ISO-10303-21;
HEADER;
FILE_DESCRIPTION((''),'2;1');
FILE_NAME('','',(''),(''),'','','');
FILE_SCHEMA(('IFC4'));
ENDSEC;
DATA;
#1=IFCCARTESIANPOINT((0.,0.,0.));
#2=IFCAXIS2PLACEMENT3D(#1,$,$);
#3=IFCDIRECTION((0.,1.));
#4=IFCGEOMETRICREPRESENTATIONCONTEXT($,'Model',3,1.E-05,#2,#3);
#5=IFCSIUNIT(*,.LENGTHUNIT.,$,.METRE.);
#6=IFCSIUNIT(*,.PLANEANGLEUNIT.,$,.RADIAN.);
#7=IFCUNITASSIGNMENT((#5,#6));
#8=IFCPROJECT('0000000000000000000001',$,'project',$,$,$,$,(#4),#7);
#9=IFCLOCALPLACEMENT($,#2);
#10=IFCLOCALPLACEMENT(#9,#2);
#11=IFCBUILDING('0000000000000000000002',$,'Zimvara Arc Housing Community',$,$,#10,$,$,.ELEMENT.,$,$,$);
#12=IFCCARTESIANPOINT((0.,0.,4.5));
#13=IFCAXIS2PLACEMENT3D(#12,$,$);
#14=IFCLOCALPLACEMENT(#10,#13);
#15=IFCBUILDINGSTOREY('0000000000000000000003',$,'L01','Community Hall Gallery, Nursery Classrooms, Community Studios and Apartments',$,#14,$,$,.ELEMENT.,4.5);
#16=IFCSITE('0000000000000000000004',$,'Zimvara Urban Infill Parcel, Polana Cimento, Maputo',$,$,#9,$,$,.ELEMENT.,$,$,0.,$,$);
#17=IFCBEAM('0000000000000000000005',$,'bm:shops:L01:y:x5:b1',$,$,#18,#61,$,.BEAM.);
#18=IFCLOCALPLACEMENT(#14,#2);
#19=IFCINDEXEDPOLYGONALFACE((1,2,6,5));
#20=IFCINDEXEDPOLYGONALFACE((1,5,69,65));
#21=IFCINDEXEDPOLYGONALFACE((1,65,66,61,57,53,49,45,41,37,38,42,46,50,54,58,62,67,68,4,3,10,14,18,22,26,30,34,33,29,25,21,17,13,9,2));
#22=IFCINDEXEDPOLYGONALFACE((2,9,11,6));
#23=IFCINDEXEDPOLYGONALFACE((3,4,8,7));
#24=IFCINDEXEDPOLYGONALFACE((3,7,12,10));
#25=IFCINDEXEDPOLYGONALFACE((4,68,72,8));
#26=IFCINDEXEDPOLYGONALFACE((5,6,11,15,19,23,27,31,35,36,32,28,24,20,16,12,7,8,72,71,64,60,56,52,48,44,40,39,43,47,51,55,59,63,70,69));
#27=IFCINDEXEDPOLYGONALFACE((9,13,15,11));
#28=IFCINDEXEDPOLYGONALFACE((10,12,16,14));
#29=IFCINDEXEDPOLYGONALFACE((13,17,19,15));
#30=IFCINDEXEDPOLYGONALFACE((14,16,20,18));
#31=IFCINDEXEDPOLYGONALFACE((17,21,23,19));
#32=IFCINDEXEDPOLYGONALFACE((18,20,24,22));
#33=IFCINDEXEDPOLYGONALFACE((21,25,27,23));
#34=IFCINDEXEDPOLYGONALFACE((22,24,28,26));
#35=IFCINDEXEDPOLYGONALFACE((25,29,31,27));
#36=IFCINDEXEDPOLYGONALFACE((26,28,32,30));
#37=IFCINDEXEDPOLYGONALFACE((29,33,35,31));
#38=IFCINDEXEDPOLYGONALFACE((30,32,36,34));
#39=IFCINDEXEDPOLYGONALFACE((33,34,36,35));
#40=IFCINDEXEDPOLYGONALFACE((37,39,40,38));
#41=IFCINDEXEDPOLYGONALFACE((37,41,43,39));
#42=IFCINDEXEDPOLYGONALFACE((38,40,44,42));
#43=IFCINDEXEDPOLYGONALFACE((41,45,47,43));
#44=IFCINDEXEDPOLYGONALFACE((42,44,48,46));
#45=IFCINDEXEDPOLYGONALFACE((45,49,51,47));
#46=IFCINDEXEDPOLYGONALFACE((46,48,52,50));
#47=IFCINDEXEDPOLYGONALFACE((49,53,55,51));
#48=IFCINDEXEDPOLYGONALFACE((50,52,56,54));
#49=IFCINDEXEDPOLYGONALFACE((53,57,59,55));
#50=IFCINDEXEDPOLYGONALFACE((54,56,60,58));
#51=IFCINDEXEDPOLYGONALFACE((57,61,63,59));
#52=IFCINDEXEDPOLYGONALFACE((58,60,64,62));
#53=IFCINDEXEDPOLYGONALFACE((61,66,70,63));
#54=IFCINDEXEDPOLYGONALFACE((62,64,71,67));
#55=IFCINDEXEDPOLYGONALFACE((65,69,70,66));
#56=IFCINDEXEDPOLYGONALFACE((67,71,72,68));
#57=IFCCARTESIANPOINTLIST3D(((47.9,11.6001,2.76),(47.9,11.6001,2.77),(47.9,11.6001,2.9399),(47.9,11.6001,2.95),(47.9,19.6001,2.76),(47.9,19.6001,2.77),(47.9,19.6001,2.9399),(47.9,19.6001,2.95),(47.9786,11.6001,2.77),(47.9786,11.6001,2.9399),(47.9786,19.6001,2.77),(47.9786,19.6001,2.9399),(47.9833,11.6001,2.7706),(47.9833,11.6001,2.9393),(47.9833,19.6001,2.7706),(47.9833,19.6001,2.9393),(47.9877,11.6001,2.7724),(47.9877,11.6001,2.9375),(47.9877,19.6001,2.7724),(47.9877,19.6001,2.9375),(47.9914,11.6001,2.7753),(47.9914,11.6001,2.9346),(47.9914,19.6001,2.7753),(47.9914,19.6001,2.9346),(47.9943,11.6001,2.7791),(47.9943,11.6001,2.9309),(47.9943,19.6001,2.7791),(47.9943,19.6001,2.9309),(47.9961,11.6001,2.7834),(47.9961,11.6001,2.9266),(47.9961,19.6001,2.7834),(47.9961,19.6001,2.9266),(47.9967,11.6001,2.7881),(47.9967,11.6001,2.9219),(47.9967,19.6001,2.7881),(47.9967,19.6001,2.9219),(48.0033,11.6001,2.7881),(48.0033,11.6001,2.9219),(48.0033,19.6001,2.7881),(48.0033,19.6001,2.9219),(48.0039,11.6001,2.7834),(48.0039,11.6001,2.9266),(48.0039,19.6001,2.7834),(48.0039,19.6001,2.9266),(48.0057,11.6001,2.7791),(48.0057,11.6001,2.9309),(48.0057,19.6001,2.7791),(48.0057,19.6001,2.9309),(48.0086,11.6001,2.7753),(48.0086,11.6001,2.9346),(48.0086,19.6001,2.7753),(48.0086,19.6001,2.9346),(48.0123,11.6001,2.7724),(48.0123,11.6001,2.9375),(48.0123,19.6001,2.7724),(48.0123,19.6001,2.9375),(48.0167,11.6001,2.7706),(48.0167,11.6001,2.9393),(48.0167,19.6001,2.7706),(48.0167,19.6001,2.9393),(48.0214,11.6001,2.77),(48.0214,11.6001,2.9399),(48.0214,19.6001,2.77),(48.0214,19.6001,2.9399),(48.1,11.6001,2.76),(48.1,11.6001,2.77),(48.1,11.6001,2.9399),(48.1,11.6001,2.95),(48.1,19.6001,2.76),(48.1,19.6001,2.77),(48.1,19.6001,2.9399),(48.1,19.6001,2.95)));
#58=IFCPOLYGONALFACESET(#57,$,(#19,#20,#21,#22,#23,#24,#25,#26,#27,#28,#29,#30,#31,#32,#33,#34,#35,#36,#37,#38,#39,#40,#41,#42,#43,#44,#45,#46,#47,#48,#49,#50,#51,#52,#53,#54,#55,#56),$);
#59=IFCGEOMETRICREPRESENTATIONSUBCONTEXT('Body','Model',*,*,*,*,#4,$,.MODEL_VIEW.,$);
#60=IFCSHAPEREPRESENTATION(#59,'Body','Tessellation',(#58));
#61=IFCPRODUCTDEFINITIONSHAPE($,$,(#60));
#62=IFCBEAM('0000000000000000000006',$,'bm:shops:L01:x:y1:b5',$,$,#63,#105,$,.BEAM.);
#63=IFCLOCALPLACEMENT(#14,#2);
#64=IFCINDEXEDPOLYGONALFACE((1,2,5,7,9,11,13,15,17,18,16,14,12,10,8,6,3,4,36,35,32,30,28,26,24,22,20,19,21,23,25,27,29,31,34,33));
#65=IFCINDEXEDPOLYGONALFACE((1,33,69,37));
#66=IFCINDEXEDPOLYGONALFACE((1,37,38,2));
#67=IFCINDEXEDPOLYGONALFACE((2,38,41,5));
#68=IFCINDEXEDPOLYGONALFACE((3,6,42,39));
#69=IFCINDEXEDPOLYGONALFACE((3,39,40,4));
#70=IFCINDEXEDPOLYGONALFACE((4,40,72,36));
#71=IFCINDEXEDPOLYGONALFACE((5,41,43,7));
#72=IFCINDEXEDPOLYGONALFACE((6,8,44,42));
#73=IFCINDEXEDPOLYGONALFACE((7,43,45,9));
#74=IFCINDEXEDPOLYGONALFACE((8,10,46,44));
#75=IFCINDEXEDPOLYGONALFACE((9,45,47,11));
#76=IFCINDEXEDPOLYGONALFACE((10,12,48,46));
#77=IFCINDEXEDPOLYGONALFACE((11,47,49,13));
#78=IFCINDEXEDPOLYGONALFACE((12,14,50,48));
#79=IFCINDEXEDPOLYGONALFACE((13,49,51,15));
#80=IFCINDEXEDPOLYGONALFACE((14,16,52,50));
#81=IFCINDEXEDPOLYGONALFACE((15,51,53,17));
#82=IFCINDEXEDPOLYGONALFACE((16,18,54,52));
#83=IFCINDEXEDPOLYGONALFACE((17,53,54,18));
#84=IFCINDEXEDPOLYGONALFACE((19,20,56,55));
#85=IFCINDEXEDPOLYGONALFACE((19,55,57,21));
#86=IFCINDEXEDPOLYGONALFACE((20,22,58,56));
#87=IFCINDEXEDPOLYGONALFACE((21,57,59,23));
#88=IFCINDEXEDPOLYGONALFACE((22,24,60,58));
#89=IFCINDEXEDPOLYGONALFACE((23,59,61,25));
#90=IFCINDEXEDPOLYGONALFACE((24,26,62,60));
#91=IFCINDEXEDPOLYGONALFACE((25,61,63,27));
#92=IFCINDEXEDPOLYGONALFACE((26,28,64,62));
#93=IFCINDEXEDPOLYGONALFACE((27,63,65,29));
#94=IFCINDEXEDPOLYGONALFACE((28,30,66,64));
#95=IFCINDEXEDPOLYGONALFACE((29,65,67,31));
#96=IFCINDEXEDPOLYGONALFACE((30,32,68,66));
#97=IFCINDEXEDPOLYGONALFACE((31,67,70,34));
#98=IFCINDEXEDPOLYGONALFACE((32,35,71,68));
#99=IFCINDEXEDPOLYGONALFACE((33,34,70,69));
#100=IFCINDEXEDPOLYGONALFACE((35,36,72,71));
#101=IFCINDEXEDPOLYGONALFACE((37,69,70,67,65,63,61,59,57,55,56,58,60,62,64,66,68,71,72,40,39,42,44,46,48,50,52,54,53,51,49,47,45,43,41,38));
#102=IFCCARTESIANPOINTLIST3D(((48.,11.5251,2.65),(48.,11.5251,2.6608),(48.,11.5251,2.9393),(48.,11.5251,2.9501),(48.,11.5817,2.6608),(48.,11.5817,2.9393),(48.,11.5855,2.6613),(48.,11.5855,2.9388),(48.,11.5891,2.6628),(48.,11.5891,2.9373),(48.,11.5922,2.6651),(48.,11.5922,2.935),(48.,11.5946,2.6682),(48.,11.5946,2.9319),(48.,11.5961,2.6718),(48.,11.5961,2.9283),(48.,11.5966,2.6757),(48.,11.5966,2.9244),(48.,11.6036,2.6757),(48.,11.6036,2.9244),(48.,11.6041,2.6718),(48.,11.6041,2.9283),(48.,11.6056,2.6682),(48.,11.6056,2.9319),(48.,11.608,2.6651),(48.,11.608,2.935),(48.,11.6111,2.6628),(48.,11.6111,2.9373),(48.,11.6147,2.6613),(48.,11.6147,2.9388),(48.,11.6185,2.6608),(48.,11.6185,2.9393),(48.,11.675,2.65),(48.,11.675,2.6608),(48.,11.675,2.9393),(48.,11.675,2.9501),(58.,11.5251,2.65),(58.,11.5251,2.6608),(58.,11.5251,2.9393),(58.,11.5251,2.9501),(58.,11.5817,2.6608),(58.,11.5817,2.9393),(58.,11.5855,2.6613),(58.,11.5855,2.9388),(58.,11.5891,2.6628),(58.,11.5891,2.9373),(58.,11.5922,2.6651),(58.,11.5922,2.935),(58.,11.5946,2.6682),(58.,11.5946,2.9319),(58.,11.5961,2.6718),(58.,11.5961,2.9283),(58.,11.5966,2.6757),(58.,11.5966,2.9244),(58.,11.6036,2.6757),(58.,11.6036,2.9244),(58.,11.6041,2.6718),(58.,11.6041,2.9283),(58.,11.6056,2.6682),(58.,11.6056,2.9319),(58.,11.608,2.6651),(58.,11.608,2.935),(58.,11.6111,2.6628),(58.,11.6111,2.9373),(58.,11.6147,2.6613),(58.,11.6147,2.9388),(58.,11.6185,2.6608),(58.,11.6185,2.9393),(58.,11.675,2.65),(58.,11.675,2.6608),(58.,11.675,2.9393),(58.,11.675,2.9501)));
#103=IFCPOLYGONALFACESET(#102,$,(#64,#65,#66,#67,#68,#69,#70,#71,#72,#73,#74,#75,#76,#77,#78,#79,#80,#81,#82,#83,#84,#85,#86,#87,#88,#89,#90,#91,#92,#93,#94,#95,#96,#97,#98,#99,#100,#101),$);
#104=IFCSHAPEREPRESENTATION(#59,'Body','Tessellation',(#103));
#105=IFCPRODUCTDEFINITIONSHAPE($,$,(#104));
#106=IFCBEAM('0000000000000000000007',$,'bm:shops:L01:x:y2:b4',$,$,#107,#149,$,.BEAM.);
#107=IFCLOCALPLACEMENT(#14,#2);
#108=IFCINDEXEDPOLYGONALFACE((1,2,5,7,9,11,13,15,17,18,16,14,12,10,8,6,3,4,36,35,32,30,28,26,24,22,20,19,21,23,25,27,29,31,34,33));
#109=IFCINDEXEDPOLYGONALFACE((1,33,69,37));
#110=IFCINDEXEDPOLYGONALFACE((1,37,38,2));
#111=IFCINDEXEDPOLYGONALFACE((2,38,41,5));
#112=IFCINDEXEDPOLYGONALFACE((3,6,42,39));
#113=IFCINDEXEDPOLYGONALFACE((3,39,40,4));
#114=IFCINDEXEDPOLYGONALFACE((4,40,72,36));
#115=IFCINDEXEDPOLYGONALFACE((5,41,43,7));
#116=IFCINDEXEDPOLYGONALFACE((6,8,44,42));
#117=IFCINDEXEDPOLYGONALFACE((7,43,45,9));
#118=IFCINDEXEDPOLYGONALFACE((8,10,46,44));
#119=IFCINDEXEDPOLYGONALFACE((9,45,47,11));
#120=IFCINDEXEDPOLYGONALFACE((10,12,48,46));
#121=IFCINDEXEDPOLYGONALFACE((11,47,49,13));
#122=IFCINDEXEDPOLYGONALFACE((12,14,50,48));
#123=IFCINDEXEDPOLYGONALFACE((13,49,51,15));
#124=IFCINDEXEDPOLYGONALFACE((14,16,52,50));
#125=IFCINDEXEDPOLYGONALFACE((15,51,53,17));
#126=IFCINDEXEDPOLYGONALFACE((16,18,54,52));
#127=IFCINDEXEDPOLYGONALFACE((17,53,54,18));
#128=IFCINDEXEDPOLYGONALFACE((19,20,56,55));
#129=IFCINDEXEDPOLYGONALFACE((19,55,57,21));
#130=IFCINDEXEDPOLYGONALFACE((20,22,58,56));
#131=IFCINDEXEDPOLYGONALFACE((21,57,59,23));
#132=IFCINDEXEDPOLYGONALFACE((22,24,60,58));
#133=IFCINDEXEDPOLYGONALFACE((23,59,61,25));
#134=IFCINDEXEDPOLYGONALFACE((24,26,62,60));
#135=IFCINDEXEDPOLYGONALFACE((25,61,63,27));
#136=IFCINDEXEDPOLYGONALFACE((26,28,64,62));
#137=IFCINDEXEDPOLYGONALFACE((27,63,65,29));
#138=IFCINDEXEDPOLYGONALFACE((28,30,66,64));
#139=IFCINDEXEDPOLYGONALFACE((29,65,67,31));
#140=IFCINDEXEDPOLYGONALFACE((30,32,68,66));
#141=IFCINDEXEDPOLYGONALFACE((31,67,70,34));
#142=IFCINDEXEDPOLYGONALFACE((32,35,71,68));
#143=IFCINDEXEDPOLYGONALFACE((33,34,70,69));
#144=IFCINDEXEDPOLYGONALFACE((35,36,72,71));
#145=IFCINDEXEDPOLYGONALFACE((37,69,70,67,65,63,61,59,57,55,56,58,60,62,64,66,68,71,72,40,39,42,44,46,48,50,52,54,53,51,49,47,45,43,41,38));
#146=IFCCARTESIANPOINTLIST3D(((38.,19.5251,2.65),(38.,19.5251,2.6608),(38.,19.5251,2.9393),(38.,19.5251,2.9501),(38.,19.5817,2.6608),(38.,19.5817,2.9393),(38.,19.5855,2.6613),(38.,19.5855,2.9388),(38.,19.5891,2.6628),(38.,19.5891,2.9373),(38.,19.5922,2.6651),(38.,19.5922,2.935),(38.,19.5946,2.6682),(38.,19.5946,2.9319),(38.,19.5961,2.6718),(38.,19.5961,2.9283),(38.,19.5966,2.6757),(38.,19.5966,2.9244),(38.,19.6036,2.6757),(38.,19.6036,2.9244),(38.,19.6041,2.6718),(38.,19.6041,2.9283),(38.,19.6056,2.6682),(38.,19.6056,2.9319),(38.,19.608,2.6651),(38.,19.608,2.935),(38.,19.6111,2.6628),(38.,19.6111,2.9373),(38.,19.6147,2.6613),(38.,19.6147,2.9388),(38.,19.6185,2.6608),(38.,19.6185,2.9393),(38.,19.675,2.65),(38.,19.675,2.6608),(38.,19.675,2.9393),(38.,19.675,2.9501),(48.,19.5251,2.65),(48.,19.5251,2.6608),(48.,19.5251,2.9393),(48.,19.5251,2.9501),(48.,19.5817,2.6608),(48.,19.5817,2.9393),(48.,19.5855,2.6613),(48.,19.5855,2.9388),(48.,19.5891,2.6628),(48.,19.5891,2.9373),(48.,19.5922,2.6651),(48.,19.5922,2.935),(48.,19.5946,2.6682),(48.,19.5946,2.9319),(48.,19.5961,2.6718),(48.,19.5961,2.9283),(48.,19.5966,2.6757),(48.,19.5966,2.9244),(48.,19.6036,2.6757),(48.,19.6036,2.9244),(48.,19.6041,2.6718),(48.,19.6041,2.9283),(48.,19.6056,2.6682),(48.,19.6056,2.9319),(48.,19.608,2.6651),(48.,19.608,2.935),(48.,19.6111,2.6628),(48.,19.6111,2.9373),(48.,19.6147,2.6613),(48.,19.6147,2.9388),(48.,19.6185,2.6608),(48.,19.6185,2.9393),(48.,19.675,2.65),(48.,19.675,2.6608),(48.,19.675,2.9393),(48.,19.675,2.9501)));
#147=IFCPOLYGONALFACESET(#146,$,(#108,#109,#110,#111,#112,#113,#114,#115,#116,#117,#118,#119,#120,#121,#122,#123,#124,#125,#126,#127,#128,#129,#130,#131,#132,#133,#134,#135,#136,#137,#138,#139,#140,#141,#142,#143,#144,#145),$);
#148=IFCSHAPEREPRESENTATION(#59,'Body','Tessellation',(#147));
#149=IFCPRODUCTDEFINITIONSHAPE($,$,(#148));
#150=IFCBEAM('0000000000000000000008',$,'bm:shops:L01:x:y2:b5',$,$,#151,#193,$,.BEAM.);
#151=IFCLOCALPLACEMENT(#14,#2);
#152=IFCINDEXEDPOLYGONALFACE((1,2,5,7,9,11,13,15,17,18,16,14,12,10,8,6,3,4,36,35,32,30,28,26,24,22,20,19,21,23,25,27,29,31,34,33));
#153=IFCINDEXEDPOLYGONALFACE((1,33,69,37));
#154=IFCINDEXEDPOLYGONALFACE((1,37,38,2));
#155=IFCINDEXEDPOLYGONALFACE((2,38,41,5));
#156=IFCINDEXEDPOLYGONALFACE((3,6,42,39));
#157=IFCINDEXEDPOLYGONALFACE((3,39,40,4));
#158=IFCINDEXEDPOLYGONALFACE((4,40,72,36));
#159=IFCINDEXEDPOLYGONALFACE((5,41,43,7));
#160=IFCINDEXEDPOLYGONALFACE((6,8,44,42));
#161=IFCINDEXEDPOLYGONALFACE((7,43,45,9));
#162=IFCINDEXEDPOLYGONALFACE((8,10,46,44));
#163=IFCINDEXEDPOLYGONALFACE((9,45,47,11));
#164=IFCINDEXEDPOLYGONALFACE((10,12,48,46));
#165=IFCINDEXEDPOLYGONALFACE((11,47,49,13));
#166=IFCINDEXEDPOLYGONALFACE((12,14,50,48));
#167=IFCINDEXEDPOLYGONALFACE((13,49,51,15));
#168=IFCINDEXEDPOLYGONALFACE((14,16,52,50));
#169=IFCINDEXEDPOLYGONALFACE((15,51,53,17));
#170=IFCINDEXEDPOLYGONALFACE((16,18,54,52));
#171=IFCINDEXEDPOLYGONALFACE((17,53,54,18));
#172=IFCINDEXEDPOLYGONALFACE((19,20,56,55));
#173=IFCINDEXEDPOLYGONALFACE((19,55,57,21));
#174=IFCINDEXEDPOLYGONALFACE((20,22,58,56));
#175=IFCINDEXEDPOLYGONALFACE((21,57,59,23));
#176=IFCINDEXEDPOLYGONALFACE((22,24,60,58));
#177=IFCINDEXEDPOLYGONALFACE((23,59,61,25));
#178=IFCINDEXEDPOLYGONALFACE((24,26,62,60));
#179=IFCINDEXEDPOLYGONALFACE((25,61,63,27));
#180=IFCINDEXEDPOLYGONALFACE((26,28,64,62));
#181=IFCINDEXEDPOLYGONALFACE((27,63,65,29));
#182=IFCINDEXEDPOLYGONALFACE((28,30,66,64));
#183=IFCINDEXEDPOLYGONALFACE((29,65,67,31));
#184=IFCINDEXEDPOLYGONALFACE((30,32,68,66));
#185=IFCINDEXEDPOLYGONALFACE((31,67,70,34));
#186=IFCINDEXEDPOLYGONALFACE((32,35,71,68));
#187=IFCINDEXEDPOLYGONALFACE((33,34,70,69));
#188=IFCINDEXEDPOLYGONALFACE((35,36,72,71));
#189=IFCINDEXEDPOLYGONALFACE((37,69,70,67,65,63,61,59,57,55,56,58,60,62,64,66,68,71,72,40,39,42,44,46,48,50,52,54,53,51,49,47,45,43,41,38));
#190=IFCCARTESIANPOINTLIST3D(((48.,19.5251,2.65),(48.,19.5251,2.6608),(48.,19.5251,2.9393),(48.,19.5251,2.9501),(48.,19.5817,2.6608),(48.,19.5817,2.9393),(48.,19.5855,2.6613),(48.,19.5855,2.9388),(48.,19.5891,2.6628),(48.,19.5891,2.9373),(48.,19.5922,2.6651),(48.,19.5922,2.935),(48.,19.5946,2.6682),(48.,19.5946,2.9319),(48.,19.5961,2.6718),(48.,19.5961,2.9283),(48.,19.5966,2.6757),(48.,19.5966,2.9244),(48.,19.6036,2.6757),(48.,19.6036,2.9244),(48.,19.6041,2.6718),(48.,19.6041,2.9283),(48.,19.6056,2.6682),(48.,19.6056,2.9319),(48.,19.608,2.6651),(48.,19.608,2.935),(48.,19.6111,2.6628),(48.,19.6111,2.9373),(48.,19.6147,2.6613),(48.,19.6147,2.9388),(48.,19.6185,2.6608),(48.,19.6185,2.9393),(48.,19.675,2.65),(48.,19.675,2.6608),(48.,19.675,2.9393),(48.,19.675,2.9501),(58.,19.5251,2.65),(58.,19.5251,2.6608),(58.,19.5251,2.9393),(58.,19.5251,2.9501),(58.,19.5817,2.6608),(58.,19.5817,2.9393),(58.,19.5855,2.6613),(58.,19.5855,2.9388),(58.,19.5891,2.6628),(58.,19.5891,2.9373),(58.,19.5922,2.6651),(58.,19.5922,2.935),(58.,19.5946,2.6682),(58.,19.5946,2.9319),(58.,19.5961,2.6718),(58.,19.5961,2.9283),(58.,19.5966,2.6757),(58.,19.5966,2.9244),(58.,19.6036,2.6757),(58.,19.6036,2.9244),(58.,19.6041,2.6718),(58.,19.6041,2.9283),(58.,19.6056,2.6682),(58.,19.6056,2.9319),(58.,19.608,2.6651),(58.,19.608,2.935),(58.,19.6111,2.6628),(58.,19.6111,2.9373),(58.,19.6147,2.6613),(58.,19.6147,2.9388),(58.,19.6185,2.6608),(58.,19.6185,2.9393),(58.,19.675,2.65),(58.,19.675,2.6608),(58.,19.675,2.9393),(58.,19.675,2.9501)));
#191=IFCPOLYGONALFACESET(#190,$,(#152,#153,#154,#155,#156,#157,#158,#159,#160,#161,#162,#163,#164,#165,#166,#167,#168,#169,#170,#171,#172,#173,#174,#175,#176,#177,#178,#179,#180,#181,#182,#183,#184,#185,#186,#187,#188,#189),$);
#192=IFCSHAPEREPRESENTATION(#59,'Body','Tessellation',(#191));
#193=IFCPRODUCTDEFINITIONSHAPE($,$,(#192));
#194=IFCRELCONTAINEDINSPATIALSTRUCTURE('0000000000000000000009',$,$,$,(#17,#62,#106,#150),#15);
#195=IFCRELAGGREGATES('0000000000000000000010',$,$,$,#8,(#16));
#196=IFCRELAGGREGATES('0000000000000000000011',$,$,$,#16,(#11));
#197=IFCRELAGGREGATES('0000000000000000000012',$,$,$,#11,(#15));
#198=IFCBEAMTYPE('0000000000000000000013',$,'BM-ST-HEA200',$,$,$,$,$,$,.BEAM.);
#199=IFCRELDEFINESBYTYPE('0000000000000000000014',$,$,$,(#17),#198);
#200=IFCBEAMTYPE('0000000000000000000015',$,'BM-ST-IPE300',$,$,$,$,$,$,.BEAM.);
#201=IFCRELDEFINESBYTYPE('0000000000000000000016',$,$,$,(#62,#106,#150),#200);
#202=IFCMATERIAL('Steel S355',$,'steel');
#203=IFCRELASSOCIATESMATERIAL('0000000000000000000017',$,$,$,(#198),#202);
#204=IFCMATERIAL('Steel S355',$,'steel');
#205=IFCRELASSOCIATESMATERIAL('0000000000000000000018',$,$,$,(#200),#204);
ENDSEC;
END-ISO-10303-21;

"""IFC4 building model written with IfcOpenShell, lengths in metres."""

from ifc_helpers import new_model, si_unit, direction, frame, origin, origin_2d, place, context, subcontext, project, spatial, i_section, extrude, material, material_profile, profile_set, type_object, element, save


model = new_model("IFC4")

# Units and contexts
model_context = context("Model", 3, precision=1e-05, world=origin(), true_north=direction((0.0, 1.0)))
body_context = subcontext(model_context, "Body", "Model", "MODEL_VIEW")
ifc_project = project(units=[si_unit("LENGTHUNIT", "METRE"), si_unit("PLANEANGLEUNIT", "RADIAN")], contexts=[model_context])

# Site, building, storey
site_placement = place(None, origin())
site = spatial("IfcSite", under=ifc_project, at=site_placement, Name="Zimvara Urban Infill Parcel, Polana Cimento, Maputo", CompositionType="ELEMENT", RefElevation=0.0)
building_placement = place(site_placement, origin())
building = spatial("IfcBuilding", under=site, at=building_placement, Name="Zimvara Arc Housing Community", CompositionType="ELEMENT")
storey_placement = place(building_placement, frame((0.0, 0.0, 4.5)))
storey = spatial("IfcBuildingStorey", under=building, at=storey_placement, Name="L01", Description="Community Hall Gallery, Nursery Classrooms, Community Studios and Apartments", CompositionType="ELEMENT", Elevation=4.5)

# Beams
ifc_material_1 = material(Name="Steel S355", Category="steel")
ifc_material_profile_1 = material_profile(ifc_material_1, i_section(OverallWidth=0.2, OverallDepth=0.1899, WebThickness=0.0066, FlangeThickness=0.01, FilletRadius=0.0181, at=origin_2d()), Name="HEA 200")
ifc_profile_set_1 = profile_set([ifc_material_profile_1], Name="Steel S355")
beam_type_1 = type_object("IfcBeamType", Name="BM-ST-HEA200", PredefinedType="BEAM", material=ifc_profile_set_1)
for number, where, z_axis, x_axis, name in (
    (1, (48.0, 11.6001, 2.855), (0.0, 1.0, 0.0), (-1.0, 0.0, 0.0), "bm:shops:L01:y:x5:b1"),
):
    element("IfcBeam", number, at=place(storey_placement, frame(where, z_axis=z_axis, x_axis=x_axis)), inside=storey, type_object=beam_type_1, Name=name, PredefinedType="BEAM", context=body_context, shape_type="SweptSolid", body=[
        extrude(i_section(OverallWidth=0.2, OverallDepth=0.1899, WebThickness=0.0066, FlangeThickness=0.01, FilletRadius=0.0181, at=origin_2d()), origin(), (0.0, 0.0, 1.0), 8.0),
    ])
ifc_material_2 = material(Name="Steel S355", Category="steel")
ifc_material_profile_2 = material_profile(ifc_material_2, i_section(OverallWidth=0.1499, OverallDepth=0.3, WebThickness=0.0071, FlangeThickness=0.0107, FilletRadius=0.0149, at=origin_2d()), Name="IPE 300")
ifc_profile_set_2 = profile_set([ifc_material_profile_2], Name="Steel S355")
beam_type_2 = type_object("IfcBeamType", Name="BM-ST-IPE300", PredefinedType="BEAM", material=ifc_profile_set_2)
for number, where, z_axis, x_axis, name in (
    (2, (48.0, 11.6001, 2.8), (1.0, 0.0, 0.0), (0.0, 1.0, 0.0), "bm:shops:L01:x:y1:b5"),
    (3, (38.0, 19.6001, 2.8), (1.0, 0.0, 0.0), (0.0, 1.0, 0.0), "bm:shops:L01:x:y2:b4"),
    (4, (48.0, 19.6001, 2.8), (1.0, 0.0, 0.0), (0.0, 1.0, 0.0), "bm:shops:L01:x:y2:b5"),
):
    element("IfcBeam", number, at=place(storey_placement, frame(where, z_axis=z_axis, x_axis=x_axis)), inside=storey, type_object=beam_type_2, Name=name, PredefinedType="BEAM", context=body_context, shape_type="SweptSolid", body=[
        extrude(i_section(OverallWidth=0.1499, OverallDepth=0.3, WebThickness=0.0071, FlangeThickness=0.0107, FilletRadius=0.0149, at=origin_2d()), origin(), (0.0, 0.0, 1.0), 10.0),
    ])

save(model, "model.ifc")
